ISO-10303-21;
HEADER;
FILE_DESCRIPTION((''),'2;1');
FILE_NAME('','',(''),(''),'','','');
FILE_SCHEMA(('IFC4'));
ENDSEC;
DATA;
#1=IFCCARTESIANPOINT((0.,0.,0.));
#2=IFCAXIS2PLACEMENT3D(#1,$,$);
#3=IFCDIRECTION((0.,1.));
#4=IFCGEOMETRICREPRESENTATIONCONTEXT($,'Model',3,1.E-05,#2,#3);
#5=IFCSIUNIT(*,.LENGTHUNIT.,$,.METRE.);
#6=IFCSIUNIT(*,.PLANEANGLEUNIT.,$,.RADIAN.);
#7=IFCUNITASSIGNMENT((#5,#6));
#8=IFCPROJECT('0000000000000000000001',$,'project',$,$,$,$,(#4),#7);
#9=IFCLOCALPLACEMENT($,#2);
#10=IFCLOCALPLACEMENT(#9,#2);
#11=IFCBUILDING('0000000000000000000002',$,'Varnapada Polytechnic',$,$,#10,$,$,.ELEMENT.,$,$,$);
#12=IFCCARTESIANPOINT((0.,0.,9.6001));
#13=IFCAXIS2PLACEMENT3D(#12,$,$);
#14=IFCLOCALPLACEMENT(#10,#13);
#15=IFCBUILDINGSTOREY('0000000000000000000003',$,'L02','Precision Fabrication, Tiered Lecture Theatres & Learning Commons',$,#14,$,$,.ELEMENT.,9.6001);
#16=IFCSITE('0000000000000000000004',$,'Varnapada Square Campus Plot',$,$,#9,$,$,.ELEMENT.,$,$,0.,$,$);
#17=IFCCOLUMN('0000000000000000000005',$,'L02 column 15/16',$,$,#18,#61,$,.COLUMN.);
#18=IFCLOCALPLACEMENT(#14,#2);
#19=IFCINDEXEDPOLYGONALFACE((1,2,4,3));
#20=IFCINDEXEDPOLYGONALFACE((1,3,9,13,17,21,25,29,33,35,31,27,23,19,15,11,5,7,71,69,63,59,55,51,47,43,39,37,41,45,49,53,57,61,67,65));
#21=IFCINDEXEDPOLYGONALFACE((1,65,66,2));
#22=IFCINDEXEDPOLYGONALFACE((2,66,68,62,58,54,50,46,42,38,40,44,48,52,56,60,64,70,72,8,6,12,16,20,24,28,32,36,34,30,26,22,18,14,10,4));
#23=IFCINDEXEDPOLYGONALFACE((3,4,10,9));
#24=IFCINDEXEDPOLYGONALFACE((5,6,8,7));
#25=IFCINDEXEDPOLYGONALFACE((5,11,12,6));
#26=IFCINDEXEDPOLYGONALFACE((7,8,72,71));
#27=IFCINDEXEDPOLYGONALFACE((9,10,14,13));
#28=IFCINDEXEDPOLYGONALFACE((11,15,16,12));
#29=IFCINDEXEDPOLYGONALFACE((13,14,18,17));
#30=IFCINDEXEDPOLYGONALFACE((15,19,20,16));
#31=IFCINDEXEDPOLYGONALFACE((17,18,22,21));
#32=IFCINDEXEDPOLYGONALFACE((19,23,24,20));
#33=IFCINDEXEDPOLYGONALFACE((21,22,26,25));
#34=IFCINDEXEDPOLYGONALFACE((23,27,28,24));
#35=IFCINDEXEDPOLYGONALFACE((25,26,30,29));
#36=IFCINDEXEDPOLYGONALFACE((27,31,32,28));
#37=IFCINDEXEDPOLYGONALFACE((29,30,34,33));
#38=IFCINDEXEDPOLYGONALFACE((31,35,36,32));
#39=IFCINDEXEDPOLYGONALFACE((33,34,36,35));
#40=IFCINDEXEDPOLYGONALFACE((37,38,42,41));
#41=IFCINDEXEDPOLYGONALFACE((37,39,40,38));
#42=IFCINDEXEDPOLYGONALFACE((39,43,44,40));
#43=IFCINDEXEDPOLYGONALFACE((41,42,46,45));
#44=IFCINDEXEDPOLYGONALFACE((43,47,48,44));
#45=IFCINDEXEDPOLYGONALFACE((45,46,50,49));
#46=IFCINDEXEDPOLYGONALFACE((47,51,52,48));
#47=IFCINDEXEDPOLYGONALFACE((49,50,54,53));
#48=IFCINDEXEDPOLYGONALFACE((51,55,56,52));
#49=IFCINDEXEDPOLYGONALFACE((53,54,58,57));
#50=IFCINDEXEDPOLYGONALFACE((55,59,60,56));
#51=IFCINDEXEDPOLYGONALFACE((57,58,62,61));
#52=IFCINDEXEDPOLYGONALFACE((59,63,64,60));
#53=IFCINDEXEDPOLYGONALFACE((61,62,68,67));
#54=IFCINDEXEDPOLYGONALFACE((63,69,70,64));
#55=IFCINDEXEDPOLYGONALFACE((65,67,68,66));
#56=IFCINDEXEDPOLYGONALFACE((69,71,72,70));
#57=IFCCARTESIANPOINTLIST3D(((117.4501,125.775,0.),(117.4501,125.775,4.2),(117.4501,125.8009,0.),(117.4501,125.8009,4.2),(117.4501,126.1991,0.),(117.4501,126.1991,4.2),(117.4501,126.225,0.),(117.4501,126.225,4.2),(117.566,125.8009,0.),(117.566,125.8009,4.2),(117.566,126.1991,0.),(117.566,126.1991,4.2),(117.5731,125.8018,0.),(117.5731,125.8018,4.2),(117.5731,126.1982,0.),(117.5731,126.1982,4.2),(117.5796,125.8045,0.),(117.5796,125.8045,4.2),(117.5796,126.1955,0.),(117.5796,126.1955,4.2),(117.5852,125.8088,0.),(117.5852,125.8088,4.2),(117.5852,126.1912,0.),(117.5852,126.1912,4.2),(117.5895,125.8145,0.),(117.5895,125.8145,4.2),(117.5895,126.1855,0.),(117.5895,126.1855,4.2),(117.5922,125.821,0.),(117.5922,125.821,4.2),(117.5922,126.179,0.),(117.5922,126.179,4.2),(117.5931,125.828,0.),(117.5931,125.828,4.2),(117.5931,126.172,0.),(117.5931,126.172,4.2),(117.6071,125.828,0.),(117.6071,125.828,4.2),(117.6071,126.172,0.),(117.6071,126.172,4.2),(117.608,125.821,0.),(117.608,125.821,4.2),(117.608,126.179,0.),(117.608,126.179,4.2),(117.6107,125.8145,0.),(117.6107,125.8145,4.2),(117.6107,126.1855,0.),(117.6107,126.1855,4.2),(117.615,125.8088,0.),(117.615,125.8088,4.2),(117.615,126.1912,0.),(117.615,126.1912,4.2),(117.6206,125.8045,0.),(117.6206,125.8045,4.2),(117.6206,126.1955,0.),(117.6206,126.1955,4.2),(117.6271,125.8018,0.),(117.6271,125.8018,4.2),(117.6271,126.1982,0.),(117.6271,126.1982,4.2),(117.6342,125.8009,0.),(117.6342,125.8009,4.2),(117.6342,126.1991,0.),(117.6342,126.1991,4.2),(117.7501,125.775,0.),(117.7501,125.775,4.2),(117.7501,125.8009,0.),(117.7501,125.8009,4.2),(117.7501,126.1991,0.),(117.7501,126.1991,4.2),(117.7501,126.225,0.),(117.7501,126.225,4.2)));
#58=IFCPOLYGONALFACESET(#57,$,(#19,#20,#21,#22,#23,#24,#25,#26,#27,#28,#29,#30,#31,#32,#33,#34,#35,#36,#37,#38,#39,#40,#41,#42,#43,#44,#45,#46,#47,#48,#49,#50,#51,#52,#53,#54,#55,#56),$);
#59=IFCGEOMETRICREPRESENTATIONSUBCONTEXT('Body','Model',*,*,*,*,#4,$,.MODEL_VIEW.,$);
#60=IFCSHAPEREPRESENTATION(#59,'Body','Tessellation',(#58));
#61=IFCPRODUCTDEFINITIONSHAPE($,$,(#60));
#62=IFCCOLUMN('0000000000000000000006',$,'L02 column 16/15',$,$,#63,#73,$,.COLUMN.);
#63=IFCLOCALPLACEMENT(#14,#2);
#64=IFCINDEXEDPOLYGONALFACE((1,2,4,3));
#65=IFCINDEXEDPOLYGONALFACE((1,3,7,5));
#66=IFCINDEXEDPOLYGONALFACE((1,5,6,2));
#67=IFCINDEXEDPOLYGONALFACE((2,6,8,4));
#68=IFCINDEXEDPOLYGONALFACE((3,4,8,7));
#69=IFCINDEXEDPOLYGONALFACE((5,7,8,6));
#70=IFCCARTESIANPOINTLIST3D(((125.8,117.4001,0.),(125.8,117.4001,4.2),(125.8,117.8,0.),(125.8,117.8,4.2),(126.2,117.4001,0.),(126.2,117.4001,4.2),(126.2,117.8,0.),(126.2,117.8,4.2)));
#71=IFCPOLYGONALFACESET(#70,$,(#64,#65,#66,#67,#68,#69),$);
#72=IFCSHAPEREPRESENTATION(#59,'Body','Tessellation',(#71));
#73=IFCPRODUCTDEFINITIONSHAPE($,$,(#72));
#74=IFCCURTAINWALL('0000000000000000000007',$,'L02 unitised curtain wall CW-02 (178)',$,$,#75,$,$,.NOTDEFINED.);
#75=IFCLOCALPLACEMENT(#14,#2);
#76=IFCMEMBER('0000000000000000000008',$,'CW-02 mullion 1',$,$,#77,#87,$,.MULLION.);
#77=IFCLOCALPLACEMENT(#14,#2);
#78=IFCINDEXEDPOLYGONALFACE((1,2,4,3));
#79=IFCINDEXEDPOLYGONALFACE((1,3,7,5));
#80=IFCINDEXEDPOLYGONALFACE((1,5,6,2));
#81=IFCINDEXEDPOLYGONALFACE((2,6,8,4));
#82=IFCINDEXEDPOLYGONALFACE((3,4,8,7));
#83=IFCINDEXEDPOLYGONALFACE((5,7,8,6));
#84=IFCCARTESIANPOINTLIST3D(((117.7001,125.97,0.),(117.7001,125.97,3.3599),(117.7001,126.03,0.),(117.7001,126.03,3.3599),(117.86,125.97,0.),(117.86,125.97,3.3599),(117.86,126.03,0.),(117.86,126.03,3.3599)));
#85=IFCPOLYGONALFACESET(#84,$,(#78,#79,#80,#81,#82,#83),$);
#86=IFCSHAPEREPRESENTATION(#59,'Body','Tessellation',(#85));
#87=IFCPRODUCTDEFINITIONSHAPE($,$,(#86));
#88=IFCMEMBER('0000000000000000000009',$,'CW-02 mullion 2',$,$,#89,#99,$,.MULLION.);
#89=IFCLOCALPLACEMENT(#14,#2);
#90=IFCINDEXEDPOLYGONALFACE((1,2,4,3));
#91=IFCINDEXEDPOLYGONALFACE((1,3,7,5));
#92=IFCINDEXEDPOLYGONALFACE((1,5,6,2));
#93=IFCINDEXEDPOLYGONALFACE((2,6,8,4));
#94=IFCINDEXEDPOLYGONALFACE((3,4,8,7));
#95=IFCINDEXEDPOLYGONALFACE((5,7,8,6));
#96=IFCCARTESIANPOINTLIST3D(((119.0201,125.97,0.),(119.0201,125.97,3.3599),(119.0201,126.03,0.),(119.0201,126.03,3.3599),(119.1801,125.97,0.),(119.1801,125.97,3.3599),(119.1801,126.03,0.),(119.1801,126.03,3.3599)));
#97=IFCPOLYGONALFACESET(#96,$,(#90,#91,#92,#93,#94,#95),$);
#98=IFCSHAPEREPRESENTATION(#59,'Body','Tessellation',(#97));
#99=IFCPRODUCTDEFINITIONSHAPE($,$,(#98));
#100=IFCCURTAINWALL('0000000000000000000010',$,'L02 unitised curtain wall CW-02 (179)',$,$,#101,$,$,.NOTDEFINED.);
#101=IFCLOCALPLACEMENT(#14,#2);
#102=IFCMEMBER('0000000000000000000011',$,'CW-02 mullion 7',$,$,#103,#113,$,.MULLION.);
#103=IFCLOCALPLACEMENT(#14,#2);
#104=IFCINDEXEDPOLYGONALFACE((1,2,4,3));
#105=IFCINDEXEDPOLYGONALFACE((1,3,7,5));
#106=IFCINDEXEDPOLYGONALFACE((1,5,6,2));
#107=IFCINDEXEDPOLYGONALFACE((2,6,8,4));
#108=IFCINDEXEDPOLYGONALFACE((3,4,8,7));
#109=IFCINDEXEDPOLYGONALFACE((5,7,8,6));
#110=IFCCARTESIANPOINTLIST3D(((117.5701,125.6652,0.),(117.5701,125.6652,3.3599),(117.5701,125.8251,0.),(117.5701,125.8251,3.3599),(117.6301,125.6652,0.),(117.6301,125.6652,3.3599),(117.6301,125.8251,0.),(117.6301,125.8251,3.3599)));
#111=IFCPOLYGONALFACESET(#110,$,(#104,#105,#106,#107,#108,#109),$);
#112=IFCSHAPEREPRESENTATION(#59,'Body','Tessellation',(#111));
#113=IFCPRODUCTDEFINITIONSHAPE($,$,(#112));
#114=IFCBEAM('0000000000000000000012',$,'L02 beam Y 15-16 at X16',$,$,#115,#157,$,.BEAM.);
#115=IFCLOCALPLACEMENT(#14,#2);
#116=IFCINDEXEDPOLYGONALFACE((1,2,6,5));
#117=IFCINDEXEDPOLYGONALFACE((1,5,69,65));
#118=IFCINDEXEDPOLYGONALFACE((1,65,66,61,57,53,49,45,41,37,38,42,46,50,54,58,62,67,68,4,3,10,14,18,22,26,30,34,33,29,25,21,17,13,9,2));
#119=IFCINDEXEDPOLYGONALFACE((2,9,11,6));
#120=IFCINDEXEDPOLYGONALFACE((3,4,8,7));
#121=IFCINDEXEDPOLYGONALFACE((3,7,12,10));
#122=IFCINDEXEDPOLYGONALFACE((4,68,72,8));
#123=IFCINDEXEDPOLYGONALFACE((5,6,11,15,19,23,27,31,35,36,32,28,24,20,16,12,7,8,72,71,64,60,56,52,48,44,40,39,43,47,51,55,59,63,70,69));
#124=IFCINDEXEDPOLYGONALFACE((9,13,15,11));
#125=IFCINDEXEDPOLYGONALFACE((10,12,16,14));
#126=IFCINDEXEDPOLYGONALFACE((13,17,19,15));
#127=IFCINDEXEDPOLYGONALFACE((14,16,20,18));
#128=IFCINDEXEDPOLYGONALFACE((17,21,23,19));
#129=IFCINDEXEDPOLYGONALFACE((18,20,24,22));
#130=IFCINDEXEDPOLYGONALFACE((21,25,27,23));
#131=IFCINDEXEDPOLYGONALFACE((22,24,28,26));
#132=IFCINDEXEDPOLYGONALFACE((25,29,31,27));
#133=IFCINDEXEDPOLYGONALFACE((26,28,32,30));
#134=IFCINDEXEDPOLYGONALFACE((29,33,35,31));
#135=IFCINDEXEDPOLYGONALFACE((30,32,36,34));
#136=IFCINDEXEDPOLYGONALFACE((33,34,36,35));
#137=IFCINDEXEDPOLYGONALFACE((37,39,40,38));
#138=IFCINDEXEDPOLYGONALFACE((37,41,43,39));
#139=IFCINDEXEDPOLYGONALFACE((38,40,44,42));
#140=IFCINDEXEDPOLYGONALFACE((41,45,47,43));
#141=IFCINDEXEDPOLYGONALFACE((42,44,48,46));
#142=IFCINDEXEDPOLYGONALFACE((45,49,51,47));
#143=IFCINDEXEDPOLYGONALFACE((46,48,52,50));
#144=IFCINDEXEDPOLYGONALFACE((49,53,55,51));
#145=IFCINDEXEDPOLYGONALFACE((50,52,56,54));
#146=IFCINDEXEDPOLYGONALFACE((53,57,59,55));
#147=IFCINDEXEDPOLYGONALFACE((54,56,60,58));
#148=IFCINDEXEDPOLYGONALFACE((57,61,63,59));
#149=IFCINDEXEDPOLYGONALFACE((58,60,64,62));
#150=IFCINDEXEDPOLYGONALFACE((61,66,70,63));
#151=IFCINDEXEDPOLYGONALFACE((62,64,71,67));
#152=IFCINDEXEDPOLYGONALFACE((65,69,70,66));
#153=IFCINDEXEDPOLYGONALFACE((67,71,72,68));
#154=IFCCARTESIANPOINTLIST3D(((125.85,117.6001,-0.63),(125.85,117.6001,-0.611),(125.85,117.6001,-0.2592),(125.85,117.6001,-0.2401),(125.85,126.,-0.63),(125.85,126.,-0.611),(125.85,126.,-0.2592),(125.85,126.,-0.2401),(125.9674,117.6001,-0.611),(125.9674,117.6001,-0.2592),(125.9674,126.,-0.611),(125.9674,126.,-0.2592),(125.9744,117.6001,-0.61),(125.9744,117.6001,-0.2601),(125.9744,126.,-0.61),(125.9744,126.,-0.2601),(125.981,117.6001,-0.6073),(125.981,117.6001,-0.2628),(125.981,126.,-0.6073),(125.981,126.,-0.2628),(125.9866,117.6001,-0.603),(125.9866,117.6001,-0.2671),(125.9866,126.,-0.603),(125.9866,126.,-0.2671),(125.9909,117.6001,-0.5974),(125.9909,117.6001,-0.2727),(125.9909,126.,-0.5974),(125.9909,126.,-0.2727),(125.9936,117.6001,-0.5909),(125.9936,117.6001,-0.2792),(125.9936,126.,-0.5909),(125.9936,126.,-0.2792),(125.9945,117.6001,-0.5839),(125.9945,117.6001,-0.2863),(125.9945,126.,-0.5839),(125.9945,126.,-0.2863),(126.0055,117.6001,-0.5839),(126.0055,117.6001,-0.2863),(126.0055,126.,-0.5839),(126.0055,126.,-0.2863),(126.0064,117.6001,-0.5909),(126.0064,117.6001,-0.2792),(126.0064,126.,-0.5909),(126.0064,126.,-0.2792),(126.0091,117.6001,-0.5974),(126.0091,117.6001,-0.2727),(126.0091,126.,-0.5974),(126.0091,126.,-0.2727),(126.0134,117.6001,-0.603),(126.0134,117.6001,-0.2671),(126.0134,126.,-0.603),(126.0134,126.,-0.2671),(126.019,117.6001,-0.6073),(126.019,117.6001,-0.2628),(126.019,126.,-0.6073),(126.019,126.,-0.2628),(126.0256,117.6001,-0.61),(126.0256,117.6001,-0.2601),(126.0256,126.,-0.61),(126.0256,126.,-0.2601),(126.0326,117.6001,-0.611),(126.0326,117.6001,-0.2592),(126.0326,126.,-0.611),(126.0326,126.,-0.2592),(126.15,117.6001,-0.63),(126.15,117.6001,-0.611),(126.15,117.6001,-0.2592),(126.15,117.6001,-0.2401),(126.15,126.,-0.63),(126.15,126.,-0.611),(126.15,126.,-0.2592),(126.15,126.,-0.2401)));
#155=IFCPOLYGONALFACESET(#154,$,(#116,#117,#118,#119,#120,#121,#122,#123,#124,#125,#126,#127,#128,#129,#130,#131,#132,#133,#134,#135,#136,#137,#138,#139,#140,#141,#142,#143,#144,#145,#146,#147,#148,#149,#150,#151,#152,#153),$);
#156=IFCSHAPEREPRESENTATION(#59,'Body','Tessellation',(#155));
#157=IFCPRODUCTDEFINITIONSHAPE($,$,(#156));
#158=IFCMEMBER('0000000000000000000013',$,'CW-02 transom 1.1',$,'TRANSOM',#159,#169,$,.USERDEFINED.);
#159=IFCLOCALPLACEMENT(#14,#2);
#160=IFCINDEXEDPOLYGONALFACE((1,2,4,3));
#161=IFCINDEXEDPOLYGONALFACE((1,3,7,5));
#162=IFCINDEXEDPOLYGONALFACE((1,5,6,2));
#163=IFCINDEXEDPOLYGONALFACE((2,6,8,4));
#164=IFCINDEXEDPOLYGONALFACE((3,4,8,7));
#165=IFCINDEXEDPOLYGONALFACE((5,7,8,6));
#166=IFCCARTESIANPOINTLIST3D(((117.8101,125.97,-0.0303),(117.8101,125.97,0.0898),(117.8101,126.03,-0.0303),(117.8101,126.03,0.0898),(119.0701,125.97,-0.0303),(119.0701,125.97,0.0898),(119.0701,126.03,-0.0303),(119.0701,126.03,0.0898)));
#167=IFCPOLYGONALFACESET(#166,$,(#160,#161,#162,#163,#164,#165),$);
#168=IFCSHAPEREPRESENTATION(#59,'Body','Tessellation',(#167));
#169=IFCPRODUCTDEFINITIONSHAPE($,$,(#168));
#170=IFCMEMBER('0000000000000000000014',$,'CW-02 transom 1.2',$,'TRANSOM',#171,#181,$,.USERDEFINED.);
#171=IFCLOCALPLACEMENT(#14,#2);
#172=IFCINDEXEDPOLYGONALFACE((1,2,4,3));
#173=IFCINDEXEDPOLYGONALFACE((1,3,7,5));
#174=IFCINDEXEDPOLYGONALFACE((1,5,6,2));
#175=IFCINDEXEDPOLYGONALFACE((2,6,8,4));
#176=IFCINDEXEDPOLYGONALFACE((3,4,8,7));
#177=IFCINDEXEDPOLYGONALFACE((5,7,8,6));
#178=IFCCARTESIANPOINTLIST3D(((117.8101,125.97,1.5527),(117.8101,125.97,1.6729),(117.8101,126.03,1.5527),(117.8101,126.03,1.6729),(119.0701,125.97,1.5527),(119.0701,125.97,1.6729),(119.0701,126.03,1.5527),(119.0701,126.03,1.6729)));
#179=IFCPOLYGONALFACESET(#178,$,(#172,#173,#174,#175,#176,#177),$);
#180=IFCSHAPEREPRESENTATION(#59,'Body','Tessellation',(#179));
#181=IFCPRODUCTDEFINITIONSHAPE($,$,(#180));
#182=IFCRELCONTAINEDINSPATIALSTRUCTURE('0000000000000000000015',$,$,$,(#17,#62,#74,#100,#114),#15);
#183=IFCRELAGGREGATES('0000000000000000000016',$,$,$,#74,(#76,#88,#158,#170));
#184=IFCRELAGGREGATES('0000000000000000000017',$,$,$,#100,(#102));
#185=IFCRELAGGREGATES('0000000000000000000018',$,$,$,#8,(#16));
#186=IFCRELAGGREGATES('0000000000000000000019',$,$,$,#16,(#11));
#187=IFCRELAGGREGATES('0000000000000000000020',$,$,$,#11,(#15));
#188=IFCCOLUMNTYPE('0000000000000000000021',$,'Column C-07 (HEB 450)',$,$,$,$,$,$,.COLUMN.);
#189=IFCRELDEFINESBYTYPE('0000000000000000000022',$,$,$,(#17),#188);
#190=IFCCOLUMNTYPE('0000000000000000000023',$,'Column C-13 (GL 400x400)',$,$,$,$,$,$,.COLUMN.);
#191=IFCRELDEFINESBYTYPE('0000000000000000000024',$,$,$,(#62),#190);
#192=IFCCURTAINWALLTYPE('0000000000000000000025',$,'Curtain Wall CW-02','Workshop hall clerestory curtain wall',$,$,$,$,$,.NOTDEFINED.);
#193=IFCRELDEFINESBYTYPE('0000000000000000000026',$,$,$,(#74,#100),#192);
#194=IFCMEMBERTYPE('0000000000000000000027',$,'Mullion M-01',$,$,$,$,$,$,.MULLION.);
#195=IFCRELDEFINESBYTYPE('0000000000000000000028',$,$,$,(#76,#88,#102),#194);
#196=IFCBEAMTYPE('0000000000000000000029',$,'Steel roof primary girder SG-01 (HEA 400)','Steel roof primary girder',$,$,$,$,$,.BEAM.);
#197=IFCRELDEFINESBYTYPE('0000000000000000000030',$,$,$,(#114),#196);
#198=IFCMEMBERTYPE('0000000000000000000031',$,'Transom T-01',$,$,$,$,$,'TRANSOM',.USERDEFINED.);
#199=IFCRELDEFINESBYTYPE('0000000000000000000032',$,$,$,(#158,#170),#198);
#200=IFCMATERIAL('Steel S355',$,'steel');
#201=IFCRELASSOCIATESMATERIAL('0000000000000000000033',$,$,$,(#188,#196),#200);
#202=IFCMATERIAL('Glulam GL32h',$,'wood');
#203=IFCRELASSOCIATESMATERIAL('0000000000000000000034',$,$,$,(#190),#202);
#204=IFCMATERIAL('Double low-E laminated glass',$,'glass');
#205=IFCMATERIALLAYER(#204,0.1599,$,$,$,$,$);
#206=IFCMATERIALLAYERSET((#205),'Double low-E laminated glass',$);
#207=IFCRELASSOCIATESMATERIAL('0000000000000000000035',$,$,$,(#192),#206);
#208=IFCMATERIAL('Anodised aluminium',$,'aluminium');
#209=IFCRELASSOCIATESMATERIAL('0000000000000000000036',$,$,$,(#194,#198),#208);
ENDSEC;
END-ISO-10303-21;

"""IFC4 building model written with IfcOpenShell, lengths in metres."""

from ifc_helpers import new_model, si_unit, direction, frame, origin, origin_2d, place, context, subcontext, project, spatial, rectangle, i_section, extrude, material, layer, layer_set, material_profile, profile_set, type_object, element, aggregate, save


model = new_model("IFC4")

# Units and contexts
model_context = context("Model", 3, precision=1e-05, world=origin(), true_north=direction((0.0, 1.0)))
body_context = subcontext(model_context, "Body", "Model", "MODEL_VIEW")
ifc_project = project(units=[si_unit("LENGTHUNIT", "METRE"), si_unit("PLANEANGLEUNIT", "RADIAN")], contexts=[model_context])

# Site, building, storey
site_placement = place(None, origin())
site = spatial("IfcSite", under=ifc_project, at=site_placement, Name="Varnapada Square Campus Plot", CompositionType="ELEMENT", RefElevation=0.0)
building_placement = place(site_placement, origin())
building = spatial("IfcBuilding", under=site, at=building_placement, Name="Varnapada Polytechnic", CompositionType="ELEMENT")
storey_placement = place(building_placement, frame((0.0, 0.0, 9.6001)))
storey = spatial("IfcBuildingStorey", under=building, at=storey_placement, Name="L02", Description="Precision Fabrication, Tiered Lecture Theatres & Learning Commons", CompositionType="ELEMENT", Elevation=9.6001)

# Columns
ifc_material_1 = material(Name="Steel S355", Category="steel")
ifc_material_profile_1 = material_profile(ifc_material_1, i_section(OverallWidth=0.3, OverallDepth=0.45, WebThickness=0.0139, FlangeThickness=0.0259, FilletRadius=0.0271, at=origin_2d()), Name="HEB 450")
ifc_profile_set_1 = profile_set([ifc_material_profile_1], Name="Steel S355")
column_type_1 = type_object("IfcColumnType", Name="Column C-07 (HEB 450)", PredefinedType="COLUMN", material=ifc_profile_set_1)
column_1_placement = place(storey_placement, frame((117.6001, 126.0, 0.0), z_axis=(0.0, 0.0, 1.0), x_axis=(1.0, 0.0, 0.0)))
element("IfcColumn", 1, at=column_1_placement, inside=storey, type_object=column_type_1, Name="L02 column 15/16", PredefinedType="COLUMN", context=body_context, shape_type="SweptSolid", body=[
    extrude(i_section(OverallWidth=0.3, OverallDepth=0.45, WebThickness=0.0139, FlangeThickness=0.0259, FilletRadius=0.0271, at=origin_2d()), origin(), (0.0, 0.0, 1.0), 4.2),
])
ifc_material_2 = material(Name="Glulam GL32h", Category="wood")
ifc_material_profile_2 = material_profile(ifc_material_2, rectangle(XDim=0.3999, YDim=0.3999, at=origin_2d()), Name="GL 400x400")
ifc_profile_set_2 = profile_set([ifc_material_profile_2], Name="Glulam GL32h")
column_type_2 = type_object("IfcColumnType", Name="Column C-13 (GL 400x400)", PredefinedType="COLUMN", material=ifc_profile_set_2)
column_2_placement = place(storey_placement, frame((126.0, 117.6001, 0.0), z_axis=(0.0, 0.0, 1.0), x_axis=(1.0, 0.0, 0.0)))
element("IfcColumn", 2, at=column_2_placement, inside=storey, type_object=column_type_2, Name="L02 column 16/15", PredefinedType="COLUMN", context=body_context, shape_type="SweptSolid", body=[
    extrude(rectangle(XDim=0.3999, YDim=0.3999, at=origin_2d()), origin(), (0.0, 0.0, 1.0), 4.2),
])

# Curtain wall, members
ifc_material_3 = material(Name="Double low-E laminated glass", Category="glass")
ifc_layer_1 = layer(ifc_material_3, 0.1599)
ifc_layer_set_1 = layer_set([ifc_layer_1], Name="Double low-E laminated glass")
curtain_wall_type = type_object("IfcCurtainWallType", Name="Curtain Wall CW-02", Description="Workshop hall clerestory curtain wall", PredefinedType="NOTDEFINED", material=ifc_layer_set_1)
curtain_wall_1_placement = place(storey_placement, origin())
curtain_wall_1 = element("IfcCurtainWall", 3, at=curtain_wall_1_placement, inside=storey, type_object=curtain_wall_type, Name="L02 unitised curtain wall CW-02 (178)", PredefinedType="NOTDEFINED")
ifc_material_4 = material(Name="Anodised aluminium", Category="aluminium")
ifc_material_profile_3 = material_profile(ifc_material_4, rectangle(XDim=0.0601, YDim=0.1599, at=origin_2d()), Name="ALU M60x160")
ifc_profile_set_3 = profile_set([ifc_material_profile_3], Name="Anodised aluminium")
member_type_1 = type_object("IfcMemberType", Name="Mullion M-01", PredefinedType="MULLION", material=ifc_profile_set_3)
member_1_placement = place(storey_placement, frame((117.78, 126.0, 0.0), z_axis=(0.0, 0.0, 1.0), x_axis=(0.0, 1.0, 0.0)))
member_1 = element("IfcMember", 4, at=member_1_placement, type_object=member_type_1, Name="CW-02 mullion 1", PredefinedType="MULLION", context=body_context, shape_type="SweptSolid", body=[
    extrude(rectangle(XDim=0.0601, YDim=0.1599, at=origin_2d()), origin(), (0.0, 0.0, 1.0), 3.3599),
])
member_2_placement = place(storey_placement, frame((119.1001, 126.0, 0.0), z_axis=(0.0, 0.0, 1.0), x_axis=(0.0, 1.0, 0.0)))
member_2 = element("IfcMember", 5, at=member_2_placement, type_object=member_type_1, Name="CW-02 mullion 2", PredefinedType="MULLION", context=body_context, shape_type="SweptSolid", body=[
    extrude(rectangle(XDim=0.0601, YDim=0.1599, at=origin_2d()), origin(), (0.0, 0.0, 1.0), 3.3599),
])

# Curtain wall, member
curtain_wall_2_placement = place(storey_placement, origin())
curtain_wall_2 = element("IfcCurtainWall", 6, at=curtain_wall_2_placement, inside=storey, type_object=curtain_wall_type, Name="L02 unitised curtain wall CW-02 (179)", PredefinedType="NOTDEFINED")
member_3_placement = place(storey_placement, frame((117.6001, 125.7451, 0.0), z_axis=(0.0, 0.0, 1.0), x_axis=(-1.0, 0.0, 0.0)))
member_3 = element("IfcMember", 7, at=member_3_placement, type_object=member_type_1, Name="CW-02 mullion 7", PredefinedType="MULLION", context=body_context, shape_type="SweptSolid", body=[
    extrude(rectangle(XDim=0.0601, YDim=0.1599, at=origin_2d()), origin(), (0.0, 0.0, 1.0), 3.3599),
])

# Beam
ifc_material_profile_4 = material_profile(ifc_material_1, i_section(OverallWidth=0.3, OverallDepth=0.3899, WebThickness=0.011, FlangeThickness=0.019, FilletRadius=0.0271, at=origin_2d()), Name="HEA 400")
ifc_profile_set_4 = profile_set([ifc_material_profile_4], Name="Steel S355")
beam_type_1 = type_object("IfcBeamType", Name="Steel roof primary girder SG-01 (HEA 400)", Description="Steel roof primary girder", PredefinedType="BEAM", material=ifc_profile_set_4)
beam_1_placement = place(storey_placement, frame((126.0, 117.6001, -0.4351), z_axis=(0.0, 1.0, 0.0), x_axis=(-1.0, 0.0, 0.0)))
element("IfcBeam", 8, at=beam_1_placement, inside=storey, type_object=beam_type_1, Name="L02 beam Y 15-16 at X16", PredefinedType="BEAM", context=body_context, shape_type="SweptSolid", body=[
    extrude(i_section(OverallWidth=0.3, OverallDepth=0.3899, WebThickness=0.011, FlangeThickness=0.019, FilletRadius=0.0271, at=origin_2d()), origin(), (0.0, 0.0, 1.0), 8.3999),
])

# Members
ifc_material_profile_5 = material_profile(ifc_material_4, rectangle(XDim=0.0601, YDim=0.1201, at=origin_2d()), Name="ALU T60x120")
ifc_profile_set_5 = profile_set([ifc_material_profile_5], Name="Anodised aluminium")
member_type_2 = type_object("IfcMemberType", Name="Transom T-01", ElementType="TRANSOM", PredefinedType="USERDEFINED", material=ifc_profile_set_5)
member_4_placement = place(storey_placement, frame((117.8101, 126.0, 0.0298), z_axis=(1.0, 0.0, 0.0), x_axis=(0.0, 1.0, 0.0)))
member_4 = element("IfcMember", 9, at=member_4_placement, type_object=member_type_2, Name="CW-02 transom 1.1", ObjectType="TRANSOM", PredefinedType="USERDEFINED", context=body_context, shape_type="SweptSolid", body=[
    extrude(rectangle(XDim=0.0601, YDim=0.1201, at=origin_2d()), origin(), (0.0, 0.0, 1.0), 1.26),
])
member_5_placement = place(storey_placement, frame((117.8101, 126.0, 1.6128), z_axis=(1.0, 0.0, 0.0), x_axis=(0.0, 1.0, 0.0)))
member_5 = element("IfcMember", 10, at=member_5_placement, type_object=member_type_2, Name="CW-02 transom 1.2", ObjectType="TRANSOM", PredefinedType="USERDEFINED", context=body_context, shape_type="SweptSolid", body=[
    extrude(rectangle(XDim=0.0601, YDim=0.1201, at=origin_2d()), origin(), (0.0, 0.0, 1.0), 1.26),
])

aggregate(curtain_wall_1, [member_1, member_2, member_4, member_5])
aggregate(curtain_wall_2, [member_3])

save(model, "model.ifc")
